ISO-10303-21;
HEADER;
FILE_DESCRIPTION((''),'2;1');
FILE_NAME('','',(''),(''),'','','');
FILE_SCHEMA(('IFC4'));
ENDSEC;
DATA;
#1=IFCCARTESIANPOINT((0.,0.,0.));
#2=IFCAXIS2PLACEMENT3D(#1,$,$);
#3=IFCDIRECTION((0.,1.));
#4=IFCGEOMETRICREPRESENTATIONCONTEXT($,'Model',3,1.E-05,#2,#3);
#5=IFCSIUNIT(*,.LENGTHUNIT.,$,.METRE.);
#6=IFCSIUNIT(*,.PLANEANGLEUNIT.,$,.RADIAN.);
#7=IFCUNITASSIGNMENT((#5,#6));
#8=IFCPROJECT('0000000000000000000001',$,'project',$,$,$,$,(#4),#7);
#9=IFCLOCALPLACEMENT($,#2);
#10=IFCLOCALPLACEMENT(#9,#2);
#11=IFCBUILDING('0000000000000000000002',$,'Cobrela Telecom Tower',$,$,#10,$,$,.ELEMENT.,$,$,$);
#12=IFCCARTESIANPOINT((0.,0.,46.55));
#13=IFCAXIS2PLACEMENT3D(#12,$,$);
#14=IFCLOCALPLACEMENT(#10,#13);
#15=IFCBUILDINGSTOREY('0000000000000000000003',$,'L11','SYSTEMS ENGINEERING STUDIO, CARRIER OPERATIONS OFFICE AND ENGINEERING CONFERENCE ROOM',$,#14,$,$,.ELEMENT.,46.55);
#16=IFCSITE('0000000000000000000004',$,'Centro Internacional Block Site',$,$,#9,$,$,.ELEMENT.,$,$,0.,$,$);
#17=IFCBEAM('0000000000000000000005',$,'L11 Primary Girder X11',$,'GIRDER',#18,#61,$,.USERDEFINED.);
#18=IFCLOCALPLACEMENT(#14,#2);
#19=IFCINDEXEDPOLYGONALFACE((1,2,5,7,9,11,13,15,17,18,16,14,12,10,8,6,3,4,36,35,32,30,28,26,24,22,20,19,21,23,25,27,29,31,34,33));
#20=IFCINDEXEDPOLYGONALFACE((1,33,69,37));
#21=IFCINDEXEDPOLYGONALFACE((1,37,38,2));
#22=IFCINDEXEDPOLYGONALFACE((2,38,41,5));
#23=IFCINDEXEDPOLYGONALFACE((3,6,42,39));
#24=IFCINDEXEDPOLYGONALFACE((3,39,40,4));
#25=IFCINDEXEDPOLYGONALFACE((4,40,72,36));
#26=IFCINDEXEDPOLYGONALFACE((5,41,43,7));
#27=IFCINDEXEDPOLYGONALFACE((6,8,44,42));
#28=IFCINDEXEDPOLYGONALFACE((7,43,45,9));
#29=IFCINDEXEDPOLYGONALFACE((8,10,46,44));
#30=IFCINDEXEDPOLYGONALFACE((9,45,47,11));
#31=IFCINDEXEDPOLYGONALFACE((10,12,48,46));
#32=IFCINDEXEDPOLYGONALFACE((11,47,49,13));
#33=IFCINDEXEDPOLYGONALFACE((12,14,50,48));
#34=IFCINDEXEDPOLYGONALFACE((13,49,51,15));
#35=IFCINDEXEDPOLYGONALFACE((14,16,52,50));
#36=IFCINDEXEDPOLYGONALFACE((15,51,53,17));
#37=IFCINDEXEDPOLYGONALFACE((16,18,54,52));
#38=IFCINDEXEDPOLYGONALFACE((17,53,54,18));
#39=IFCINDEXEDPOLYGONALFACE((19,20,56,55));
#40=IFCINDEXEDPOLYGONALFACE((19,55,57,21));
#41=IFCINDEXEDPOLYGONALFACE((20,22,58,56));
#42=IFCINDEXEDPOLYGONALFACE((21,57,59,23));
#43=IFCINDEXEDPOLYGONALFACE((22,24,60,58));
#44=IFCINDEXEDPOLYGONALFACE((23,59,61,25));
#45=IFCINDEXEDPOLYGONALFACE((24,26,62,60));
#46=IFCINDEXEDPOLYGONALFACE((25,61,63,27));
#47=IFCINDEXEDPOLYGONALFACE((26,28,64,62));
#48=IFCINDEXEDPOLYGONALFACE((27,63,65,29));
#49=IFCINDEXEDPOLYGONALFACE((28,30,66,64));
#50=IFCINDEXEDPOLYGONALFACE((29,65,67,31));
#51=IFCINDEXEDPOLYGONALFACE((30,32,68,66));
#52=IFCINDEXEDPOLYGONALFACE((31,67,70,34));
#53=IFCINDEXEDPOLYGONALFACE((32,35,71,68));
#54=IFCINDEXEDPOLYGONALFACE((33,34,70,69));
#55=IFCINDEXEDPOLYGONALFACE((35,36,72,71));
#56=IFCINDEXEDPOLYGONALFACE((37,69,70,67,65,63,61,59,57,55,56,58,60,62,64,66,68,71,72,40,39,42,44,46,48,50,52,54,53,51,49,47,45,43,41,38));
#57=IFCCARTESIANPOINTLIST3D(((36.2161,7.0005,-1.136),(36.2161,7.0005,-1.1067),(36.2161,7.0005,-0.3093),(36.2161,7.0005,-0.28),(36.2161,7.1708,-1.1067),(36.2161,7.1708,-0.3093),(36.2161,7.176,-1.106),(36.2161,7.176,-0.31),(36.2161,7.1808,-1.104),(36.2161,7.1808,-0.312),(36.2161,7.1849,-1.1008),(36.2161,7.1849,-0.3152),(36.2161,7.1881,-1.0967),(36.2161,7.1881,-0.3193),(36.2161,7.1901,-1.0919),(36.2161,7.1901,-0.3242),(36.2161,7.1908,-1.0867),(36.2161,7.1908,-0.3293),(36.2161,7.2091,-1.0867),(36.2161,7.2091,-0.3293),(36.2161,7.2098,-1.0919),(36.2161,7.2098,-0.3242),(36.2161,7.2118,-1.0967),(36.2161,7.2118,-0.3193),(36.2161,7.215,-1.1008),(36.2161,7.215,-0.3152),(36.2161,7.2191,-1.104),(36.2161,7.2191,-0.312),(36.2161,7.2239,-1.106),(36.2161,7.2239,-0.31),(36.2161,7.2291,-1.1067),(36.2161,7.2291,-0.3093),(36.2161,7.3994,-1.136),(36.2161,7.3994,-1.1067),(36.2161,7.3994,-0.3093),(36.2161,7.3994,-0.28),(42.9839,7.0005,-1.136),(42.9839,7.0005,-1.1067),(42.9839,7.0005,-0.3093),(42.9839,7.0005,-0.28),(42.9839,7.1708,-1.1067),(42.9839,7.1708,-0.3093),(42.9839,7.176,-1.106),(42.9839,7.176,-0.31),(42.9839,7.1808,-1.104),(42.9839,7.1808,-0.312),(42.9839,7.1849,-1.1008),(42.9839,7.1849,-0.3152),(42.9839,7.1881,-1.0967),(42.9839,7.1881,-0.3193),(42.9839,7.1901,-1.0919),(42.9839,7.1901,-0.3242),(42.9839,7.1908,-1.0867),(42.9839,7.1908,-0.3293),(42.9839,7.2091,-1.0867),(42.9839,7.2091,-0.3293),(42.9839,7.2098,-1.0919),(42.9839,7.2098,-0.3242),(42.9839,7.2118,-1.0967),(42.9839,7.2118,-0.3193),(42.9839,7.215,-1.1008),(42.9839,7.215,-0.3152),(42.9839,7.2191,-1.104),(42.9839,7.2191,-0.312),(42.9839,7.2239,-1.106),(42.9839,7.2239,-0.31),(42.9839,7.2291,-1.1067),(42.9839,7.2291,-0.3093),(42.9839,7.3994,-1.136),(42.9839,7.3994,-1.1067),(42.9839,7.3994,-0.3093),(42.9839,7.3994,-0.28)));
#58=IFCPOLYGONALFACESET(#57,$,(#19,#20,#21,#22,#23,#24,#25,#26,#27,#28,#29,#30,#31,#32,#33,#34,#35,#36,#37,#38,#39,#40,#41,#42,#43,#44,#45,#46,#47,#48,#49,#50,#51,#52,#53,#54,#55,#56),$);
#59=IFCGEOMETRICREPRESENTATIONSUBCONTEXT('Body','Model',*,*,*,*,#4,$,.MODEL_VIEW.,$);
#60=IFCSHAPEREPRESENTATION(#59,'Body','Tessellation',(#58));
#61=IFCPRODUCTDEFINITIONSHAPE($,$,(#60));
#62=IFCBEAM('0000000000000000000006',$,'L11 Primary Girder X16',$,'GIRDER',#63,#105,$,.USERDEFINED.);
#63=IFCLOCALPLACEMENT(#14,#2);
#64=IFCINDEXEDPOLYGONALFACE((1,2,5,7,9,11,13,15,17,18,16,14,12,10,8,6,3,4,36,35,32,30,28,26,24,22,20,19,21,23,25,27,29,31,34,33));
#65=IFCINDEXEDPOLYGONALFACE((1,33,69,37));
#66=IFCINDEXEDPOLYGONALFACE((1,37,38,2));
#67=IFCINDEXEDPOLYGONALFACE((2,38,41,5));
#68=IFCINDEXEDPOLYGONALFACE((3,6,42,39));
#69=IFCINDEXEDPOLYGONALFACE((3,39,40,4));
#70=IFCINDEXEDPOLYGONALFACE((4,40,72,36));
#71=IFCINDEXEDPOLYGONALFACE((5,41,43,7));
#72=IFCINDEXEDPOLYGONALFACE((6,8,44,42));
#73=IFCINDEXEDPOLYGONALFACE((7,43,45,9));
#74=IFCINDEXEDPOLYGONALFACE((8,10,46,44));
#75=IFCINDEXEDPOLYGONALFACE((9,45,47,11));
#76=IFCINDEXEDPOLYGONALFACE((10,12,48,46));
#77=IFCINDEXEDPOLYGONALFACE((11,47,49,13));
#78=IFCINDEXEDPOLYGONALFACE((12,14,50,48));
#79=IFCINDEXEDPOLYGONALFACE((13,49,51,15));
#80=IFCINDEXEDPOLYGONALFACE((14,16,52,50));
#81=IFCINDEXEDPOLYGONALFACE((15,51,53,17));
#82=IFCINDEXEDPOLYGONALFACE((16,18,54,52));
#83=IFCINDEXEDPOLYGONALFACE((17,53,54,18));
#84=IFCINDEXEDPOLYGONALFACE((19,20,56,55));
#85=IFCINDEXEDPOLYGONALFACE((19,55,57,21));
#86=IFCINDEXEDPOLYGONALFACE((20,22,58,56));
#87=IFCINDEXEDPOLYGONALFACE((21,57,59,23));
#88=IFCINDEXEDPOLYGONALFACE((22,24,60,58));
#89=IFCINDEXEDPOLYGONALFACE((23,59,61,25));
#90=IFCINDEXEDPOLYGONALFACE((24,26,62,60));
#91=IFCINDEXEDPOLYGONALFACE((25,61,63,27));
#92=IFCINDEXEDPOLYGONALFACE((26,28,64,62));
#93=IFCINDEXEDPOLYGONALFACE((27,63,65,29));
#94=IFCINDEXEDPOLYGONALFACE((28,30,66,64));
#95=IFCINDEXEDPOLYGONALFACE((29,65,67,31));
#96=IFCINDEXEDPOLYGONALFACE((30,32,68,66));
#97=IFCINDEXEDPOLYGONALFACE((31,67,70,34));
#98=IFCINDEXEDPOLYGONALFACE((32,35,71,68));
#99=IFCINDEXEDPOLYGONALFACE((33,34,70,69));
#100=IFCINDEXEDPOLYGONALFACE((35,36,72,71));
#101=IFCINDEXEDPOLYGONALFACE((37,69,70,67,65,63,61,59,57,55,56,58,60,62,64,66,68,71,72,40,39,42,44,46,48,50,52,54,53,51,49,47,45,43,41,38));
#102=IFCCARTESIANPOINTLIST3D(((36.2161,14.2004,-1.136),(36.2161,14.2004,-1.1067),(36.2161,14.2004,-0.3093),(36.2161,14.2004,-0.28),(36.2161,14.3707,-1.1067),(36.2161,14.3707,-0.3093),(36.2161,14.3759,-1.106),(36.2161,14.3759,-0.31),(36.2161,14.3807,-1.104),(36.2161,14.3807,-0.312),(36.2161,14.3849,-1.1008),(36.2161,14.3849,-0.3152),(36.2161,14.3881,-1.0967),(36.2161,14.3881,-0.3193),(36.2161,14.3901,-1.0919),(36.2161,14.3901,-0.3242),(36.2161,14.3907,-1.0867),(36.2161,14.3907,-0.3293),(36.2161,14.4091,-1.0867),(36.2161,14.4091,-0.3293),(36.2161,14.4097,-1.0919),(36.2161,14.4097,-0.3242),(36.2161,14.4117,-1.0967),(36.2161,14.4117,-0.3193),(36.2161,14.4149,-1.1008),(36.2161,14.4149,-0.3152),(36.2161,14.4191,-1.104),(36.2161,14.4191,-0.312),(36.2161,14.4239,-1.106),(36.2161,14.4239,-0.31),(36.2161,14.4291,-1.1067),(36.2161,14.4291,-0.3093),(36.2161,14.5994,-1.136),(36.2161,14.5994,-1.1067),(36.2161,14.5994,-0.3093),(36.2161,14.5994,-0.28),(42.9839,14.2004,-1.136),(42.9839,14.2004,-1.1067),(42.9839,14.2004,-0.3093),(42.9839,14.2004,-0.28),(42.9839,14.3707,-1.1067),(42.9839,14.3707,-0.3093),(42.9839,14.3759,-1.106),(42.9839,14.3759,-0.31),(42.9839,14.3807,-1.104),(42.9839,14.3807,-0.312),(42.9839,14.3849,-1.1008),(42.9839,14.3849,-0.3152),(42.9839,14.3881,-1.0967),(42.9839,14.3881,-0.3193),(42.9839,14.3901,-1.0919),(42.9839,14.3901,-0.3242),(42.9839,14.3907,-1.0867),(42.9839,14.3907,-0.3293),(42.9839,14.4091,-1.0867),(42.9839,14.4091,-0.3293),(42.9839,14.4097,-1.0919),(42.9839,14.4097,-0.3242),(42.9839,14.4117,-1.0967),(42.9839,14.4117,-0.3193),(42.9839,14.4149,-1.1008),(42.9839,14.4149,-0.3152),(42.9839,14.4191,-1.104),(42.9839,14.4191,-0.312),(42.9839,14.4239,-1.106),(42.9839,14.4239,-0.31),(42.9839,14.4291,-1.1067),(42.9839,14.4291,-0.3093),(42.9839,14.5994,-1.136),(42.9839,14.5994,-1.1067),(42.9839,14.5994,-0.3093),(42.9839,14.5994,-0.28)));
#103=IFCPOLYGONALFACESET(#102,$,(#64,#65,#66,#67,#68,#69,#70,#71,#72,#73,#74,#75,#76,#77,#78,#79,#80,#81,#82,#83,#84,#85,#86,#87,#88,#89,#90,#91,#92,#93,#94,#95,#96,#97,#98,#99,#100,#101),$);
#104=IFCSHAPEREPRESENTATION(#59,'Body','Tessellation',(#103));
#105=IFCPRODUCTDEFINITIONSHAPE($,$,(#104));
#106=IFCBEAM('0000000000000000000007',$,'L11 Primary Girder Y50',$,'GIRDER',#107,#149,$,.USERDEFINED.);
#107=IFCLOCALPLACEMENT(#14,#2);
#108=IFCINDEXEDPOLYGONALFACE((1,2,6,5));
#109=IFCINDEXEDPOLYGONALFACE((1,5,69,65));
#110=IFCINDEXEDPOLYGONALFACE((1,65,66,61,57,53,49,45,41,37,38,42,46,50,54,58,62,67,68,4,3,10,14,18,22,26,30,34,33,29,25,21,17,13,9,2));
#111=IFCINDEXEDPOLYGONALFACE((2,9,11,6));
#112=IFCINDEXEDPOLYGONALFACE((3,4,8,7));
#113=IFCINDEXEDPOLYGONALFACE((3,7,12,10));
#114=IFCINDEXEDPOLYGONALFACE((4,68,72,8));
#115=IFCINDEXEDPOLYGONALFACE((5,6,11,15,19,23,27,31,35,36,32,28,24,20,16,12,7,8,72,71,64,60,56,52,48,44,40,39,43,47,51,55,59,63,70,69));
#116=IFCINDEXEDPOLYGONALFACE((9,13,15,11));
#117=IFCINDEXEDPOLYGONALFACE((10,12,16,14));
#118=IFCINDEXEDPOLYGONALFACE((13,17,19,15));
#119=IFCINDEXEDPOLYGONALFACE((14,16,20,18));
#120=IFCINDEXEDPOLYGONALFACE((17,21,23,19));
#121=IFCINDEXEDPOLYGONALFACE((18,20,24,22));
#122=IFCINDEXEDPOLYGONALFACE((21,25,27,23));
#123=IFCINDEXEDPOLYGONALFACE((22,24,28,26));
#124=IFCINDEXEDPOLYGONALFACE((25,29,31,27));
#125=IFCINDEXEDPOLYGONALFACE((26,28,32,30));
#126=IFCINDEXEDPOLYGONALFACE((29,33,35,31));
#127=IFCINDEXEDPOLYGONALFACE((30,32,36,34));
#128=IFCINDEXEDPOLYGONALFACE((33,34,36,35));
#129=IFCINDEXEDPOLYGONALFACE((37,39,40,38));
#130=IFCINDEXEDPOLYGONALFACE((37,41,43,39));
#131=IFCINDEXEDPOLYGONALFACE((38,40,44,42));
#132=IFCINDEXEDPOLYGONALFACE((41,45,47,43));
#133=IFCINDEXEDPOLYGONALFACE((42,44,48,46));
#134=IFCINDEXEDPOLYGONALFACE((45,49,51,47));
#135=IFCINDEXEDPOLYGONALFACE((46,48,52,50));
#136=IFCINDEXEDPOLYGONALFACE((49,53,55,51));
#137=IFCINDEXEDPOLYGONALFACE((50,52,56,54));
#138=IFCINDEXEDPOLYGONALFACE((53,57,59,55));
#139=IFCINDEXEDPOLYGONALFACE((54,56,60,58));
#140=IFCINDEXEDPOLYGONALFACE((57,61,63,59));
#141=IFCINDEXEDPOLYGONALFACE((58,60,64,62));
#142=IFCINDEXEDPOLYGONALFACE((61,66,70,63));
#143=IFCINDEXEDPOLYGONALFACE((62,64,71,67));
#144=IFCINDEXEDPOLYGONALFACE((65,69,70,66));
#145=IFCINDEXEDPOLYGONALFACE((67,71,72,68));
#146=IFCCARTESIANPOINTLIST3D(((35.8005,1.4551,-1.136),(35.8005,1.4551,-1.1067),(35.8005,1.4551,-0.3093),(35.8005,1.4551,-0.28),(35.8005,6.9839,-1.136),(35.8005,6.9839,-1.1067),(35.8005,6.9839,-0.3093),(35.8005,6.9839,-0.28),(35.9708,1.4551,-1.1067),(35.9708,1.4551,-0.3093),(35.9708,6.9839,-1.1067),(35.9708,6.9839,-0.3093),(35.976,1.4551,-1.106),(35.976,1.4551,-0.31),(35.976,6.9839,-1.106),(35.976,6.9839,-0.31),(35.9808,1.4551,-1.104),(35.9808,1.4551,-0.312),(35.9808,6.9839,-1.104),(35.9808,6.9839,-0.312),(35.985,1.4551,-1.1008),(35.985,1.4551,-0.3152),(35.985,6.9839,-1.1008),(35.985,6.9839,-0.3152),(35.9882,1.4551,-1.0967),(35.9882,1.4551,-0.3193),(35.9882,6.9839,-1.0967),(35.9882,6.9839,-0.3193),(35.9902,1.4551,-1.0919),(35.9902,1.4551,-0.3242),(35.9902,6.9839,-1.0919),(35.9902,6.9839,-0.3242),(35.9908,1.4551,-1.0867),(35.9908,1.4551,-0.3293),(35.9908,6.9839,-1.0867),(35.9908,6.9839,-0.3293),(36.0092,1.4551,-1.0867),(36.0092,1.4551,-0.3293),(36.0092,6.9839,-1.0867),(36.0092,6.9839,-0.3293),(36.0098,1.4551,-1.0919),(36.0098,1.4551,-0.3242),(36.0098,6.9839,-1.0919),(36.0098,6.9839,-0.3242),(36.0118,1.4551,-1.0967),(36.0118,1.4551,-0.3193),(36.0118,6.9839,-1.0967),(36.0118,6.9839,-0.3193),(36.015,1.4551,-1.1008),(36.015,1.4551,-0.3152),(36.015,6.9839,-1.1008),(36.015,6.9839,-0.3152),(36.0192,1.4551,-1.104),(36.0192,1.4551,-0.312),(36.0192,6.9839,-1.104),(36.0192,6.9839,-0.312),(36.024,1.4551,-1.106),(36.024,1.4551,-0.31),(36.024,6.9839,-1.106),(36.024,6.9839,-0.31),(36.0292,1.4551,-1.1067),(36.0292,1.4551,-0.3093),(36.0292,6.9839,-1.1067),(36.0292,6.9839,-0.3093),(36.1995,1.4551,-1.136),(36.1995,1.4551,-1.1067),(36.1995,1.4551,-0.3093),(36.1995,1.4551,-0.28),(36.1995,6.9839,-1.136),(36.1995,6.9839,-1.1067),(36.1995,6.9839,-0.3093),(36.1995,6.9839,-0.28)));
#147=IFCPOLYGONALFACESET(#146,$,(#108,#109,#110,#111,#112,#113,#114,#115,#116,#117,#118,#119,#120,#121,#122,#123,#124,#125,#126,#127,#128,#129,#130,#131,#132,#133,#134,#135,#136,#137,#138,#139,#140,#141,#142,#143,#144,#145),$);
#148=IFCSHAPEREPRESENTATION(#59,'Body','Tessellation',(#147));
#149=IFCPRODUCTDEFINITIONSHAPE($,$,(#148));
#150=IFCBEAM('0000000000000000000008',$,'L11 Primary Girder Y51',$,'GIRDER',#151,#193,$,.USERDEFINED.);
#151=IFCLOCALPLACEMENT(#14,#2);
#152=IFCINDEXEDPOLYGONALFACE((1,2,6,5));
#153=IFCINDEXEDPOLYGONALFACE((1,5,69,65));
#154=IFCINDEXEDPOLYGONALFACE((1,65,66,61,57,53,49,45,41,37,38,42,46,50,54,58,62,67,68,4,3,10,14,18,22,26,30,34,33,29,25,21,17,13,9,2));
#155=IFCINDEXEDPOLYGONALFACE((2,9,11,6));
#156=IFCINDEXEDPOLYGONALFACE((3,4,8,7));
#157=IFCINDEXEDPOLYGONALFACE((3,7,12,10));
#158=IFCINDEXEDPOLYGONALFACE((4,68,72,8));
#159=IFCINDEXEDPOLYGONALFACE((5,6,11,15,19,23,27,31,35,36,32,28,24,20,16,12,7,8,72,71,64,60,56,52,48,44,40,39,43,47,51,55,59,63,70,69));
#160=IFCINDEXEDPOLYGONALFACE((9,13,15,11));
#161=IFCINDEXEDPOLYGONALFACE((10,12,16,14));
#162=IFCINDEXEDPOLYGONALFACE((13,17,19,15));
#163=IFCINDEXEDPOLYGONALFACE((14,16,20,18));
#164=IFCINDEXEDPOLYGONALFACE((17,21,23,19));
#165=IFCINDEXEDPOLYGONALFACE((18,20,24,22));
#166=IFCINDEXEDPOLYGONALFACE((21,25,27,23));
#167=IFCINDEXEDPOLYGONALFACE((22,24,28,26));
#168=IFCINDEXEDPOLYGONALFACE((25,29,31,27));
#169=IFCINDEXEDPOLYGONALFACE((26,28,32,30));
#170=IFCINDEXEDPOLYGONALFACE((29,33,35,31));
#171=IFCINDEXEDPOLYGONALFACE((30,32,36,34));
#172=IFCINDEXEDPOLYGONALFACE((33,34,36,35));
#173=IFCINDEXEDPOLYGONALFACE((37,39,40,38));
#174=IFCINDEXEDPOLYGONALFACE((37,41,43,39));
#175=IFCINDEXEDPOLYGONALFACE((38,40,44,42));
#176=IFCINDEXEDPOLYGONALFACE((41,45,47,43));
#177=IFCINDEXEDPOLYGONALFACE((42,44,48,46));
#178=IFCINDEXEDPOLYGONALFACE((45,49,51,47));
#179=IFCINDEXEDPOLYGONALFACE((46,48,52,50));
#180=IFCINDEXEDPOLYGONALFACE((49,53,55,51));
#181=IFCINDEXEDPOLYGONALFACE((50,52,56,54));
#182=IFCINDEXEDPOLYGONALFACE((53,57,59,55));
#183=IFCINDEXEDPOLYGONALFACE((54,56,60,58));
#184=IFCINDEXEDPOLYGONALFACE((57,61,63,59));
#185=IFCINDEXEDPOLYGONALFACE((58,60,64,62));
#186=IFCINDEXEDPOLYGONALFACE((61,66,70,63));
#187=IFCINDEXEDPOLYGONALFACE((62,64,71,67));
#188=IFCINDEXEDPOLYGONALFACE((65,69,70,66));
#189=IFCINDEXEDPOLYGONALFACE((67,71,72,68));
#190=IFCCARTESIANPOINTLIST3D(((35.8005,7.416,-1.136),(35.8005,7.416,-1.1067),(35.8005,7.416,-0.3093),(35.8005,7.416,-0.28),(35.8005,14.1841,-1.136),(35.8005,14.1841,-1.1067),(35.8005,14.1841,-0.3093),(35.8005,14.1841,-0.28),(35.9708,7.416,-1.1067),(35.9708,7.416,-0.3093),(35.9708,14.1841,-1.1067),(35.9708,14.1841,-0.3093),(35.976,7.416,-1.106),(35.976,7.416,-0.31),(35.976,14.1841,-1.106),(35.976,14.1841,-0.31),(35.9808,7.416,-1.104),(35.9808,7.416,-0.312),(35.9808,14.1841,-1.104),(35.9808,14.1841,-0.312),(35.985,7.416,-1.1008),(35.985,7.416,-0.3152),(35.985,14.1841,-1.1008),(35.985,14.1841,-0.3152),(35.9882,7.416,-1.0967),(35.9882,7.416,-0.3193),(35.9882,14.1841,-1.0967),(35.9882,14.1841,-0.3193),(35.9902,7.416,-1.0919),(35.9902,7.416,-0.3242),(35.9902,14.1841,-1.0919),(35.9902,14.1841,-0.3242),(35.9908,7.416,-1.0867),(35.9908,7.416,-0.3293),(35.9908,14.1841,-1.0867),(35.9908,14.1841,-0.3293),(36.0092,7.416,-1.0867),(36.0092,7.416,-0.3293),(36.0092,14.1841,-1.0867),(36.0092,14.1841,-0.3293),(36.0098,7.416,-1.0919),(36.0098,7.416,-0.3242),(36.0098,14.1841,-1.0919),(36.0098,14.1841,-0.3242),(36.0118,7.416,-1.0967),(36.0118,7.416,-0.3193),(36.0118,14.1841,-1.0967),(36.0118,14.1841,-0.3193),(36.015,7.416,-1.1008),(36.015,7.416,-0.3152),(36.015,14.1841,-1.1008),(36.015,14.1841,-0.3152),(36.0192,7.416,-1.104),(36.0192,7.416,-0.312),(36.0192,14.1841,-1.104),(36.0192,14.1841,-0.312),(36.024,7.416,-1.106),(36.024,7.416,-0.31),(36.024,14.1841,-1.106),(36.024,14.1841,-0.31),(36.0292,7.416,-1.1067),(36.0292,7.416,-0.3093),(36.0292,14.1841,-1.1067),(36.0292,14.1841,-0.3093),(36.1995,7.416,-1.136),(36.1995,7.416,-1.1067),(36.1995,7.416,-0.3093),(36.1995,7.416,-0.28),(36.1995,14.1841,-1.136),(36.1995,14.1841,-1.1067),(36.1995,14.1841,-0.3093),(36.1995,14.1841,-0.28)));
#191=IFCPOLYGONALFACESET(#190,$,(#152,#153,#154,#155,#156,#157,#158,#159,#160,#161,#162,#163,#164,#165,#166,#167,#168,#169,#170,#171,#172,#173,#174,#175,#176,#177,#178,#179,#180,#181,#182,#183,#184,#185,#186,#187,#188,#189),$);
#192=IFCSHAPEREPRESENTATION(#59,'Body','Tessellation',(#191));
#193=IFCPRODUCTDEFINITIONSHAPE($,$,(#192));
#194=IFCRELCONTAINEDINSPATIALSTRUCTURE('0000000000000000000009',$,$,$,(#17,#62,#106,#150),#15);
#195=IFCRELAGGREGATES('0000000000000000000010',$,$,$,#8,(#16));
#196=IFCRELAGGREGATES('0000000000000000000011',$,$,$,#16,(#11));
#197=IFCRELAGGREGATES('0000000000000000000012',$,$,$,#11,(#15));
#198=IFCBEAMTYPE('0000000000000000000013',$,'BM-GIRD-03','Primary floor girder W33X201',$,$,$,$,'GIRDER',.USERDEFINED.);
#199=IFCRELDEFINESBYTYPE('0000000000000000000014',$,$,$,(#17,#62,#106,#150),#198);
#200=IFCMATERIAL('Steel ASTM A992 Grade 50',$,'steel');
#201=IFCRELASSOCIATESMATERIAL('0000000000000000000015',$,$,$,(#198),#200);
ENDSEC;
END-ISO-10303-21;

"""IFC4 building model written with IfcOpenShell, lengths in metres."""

from ifc_helpers import new_model, si_unit, direction, frame, origin, origin_2d, place, context, subcontext, project, spatial, i_section, extrude, material, material_profile, profile_set, type_object, element, save


model = new_model("IFC4")

# Units and contexts
model_context = context("Model", 3, precision=1e-05, world=origin(), true_north=direction((0.0, 1.0)))
body_context = subcontext(model_context, "Body", "Model", "MODEL_VIEW")
ifc_project = project(units=[si_unit("LENGTHUNIT", "METRE"), si_unit("PLANEANGLEUNIT", "RADIAN")], contexts=[model_context])

# Site, building, storey
site_placement = place(None, origin())
site = spatial("IfcSite", under=ifc_project, at=site_placement, Name="Centro Internacional Block Site", CompositionType="ELEMENT", RefElevation=0.0)
building_placement = place(site_placement, origin())
building = spatial("IfcBuilding", under=site, at=building_placement, Name="Cobrela Telecom Tower", CompositionType="ELEMENT")
storey_placement = place(building_placement, frame((0.0, 0.0, 46.55)))
storey = spatial("IfcBuildingStorey", under=building, at=storey_placement, Name="L11", Description="SYSTEMS ENGINEERING STUDIO, CARRIER OPERATIONS OFFICE AND ENGINEERING CONFERENCE ROOM", CompositionType="ELEMENT", Elevation=46.55)

# Shared definitions
ifc_material_1 = material(Name="Steel ASTM A992 Grade 50", Category="steel")

# Beams
ifc_material_profile_1 = material_profile(ifc_material_1, i_section(OverallWidth=0.3989, OverallDepth=0.856, WebThickness=0.0183, FlangeThickness=0.0293, FilletRadius=0.02, at=origin_2d()), Name="W33X201")
ifc_profile_set_1 = profile_set([ifc_material_profile_1], Name="Steel ASTM A992 Grade 50")
beam_type_1 = type_object("IfcBeamType", Name="BM-GIRD-03", Description="Primary floor girder W33X201", ElementType="GIRDER", PredefinedType="USERDEFINED", material=ifc_profile_set_1)
for number, where, z_axis, x_axis, name in (
    (1, (36.2161, 7.2, -0.708), (1.0, 0.0, 0.0), (0.0, 1.0, 0.0), "L11 Primary Girder X11"),
    (2, (36.2161, 14.3999, -0.708), (1.0, 0.0, 0.0), (0.0, 1.0, 0.0), "L11 Primary Girder X16"),
):
    element("IfcBeam", number, at=place(storey_placement, frame(where, z_axis=z_axis, x_axis=x_axis)), inside=storey, type_object=beam_type_1, Name=name, ObjectType="GIRDER", PredefinedType="USERDEFINED", context=body_context, shape_type="SweptSolid", body=[
        extrude(i_section(OverallWidth=0.3989, OverallDepth=0.856, WebThickness=0.0183, FlangeThickness=0.0293, FilletRadius=0.02, at=origin_2d()), origin(), (0.0, 0.0, 1.0), 6.7678),
    ])
beam_1_placement = place(storey_placement, frame((36.0, 1.4551, -0.708), z_axis=(0.0, 1.0, 0.0), x_axis=(-1.0, 0.0, 0.0)))
element("IfcBeam", 3, at=beam_1_placement, inside=storey, type_object=beam_type_1, Name="L11 Primary Girder Y50", ObjectType="GIRDER", PredefinedType="USERDEFINED", context=body_context, shape_type="SweptSolid", body=[
    extrude(i_section(OverallWidth=0.3989, OverallDepth=0.856, WebThickness=0.0183, FlangeThickness=0.0293, FilletRadius=0.02, at=origin_2d()), origin(), (0.0, 0.0, 1.0), 5.5288),
])
beam_2_placement = place(storey_placement, frame((36.0, 7.416, -0.708), z_axis=(0.0, 1.0, 0.0), x_axis=(-1.0, 0.0, 0.0)))
element("IfcBeam", 4, at=beam_2_placement, inside=storey, type_object=beam_type_1, Name="L11 Primary Girder Y51", ObjectType="GIRDER", PredefinedType="USERDEFINED", context=body_context, shape_type="SweptSolid", body=[
    extrude(i_section(OverallWidth=0.3989, OverallDepth=0.856, WebThickness=0.0183, FlangeThickness=0.0293, FilletRadius=0.02, at=origin_2d()), origin(), (0.0, 0.0, 1.0), 6.7681),
])

save(model, "model.ifc")
